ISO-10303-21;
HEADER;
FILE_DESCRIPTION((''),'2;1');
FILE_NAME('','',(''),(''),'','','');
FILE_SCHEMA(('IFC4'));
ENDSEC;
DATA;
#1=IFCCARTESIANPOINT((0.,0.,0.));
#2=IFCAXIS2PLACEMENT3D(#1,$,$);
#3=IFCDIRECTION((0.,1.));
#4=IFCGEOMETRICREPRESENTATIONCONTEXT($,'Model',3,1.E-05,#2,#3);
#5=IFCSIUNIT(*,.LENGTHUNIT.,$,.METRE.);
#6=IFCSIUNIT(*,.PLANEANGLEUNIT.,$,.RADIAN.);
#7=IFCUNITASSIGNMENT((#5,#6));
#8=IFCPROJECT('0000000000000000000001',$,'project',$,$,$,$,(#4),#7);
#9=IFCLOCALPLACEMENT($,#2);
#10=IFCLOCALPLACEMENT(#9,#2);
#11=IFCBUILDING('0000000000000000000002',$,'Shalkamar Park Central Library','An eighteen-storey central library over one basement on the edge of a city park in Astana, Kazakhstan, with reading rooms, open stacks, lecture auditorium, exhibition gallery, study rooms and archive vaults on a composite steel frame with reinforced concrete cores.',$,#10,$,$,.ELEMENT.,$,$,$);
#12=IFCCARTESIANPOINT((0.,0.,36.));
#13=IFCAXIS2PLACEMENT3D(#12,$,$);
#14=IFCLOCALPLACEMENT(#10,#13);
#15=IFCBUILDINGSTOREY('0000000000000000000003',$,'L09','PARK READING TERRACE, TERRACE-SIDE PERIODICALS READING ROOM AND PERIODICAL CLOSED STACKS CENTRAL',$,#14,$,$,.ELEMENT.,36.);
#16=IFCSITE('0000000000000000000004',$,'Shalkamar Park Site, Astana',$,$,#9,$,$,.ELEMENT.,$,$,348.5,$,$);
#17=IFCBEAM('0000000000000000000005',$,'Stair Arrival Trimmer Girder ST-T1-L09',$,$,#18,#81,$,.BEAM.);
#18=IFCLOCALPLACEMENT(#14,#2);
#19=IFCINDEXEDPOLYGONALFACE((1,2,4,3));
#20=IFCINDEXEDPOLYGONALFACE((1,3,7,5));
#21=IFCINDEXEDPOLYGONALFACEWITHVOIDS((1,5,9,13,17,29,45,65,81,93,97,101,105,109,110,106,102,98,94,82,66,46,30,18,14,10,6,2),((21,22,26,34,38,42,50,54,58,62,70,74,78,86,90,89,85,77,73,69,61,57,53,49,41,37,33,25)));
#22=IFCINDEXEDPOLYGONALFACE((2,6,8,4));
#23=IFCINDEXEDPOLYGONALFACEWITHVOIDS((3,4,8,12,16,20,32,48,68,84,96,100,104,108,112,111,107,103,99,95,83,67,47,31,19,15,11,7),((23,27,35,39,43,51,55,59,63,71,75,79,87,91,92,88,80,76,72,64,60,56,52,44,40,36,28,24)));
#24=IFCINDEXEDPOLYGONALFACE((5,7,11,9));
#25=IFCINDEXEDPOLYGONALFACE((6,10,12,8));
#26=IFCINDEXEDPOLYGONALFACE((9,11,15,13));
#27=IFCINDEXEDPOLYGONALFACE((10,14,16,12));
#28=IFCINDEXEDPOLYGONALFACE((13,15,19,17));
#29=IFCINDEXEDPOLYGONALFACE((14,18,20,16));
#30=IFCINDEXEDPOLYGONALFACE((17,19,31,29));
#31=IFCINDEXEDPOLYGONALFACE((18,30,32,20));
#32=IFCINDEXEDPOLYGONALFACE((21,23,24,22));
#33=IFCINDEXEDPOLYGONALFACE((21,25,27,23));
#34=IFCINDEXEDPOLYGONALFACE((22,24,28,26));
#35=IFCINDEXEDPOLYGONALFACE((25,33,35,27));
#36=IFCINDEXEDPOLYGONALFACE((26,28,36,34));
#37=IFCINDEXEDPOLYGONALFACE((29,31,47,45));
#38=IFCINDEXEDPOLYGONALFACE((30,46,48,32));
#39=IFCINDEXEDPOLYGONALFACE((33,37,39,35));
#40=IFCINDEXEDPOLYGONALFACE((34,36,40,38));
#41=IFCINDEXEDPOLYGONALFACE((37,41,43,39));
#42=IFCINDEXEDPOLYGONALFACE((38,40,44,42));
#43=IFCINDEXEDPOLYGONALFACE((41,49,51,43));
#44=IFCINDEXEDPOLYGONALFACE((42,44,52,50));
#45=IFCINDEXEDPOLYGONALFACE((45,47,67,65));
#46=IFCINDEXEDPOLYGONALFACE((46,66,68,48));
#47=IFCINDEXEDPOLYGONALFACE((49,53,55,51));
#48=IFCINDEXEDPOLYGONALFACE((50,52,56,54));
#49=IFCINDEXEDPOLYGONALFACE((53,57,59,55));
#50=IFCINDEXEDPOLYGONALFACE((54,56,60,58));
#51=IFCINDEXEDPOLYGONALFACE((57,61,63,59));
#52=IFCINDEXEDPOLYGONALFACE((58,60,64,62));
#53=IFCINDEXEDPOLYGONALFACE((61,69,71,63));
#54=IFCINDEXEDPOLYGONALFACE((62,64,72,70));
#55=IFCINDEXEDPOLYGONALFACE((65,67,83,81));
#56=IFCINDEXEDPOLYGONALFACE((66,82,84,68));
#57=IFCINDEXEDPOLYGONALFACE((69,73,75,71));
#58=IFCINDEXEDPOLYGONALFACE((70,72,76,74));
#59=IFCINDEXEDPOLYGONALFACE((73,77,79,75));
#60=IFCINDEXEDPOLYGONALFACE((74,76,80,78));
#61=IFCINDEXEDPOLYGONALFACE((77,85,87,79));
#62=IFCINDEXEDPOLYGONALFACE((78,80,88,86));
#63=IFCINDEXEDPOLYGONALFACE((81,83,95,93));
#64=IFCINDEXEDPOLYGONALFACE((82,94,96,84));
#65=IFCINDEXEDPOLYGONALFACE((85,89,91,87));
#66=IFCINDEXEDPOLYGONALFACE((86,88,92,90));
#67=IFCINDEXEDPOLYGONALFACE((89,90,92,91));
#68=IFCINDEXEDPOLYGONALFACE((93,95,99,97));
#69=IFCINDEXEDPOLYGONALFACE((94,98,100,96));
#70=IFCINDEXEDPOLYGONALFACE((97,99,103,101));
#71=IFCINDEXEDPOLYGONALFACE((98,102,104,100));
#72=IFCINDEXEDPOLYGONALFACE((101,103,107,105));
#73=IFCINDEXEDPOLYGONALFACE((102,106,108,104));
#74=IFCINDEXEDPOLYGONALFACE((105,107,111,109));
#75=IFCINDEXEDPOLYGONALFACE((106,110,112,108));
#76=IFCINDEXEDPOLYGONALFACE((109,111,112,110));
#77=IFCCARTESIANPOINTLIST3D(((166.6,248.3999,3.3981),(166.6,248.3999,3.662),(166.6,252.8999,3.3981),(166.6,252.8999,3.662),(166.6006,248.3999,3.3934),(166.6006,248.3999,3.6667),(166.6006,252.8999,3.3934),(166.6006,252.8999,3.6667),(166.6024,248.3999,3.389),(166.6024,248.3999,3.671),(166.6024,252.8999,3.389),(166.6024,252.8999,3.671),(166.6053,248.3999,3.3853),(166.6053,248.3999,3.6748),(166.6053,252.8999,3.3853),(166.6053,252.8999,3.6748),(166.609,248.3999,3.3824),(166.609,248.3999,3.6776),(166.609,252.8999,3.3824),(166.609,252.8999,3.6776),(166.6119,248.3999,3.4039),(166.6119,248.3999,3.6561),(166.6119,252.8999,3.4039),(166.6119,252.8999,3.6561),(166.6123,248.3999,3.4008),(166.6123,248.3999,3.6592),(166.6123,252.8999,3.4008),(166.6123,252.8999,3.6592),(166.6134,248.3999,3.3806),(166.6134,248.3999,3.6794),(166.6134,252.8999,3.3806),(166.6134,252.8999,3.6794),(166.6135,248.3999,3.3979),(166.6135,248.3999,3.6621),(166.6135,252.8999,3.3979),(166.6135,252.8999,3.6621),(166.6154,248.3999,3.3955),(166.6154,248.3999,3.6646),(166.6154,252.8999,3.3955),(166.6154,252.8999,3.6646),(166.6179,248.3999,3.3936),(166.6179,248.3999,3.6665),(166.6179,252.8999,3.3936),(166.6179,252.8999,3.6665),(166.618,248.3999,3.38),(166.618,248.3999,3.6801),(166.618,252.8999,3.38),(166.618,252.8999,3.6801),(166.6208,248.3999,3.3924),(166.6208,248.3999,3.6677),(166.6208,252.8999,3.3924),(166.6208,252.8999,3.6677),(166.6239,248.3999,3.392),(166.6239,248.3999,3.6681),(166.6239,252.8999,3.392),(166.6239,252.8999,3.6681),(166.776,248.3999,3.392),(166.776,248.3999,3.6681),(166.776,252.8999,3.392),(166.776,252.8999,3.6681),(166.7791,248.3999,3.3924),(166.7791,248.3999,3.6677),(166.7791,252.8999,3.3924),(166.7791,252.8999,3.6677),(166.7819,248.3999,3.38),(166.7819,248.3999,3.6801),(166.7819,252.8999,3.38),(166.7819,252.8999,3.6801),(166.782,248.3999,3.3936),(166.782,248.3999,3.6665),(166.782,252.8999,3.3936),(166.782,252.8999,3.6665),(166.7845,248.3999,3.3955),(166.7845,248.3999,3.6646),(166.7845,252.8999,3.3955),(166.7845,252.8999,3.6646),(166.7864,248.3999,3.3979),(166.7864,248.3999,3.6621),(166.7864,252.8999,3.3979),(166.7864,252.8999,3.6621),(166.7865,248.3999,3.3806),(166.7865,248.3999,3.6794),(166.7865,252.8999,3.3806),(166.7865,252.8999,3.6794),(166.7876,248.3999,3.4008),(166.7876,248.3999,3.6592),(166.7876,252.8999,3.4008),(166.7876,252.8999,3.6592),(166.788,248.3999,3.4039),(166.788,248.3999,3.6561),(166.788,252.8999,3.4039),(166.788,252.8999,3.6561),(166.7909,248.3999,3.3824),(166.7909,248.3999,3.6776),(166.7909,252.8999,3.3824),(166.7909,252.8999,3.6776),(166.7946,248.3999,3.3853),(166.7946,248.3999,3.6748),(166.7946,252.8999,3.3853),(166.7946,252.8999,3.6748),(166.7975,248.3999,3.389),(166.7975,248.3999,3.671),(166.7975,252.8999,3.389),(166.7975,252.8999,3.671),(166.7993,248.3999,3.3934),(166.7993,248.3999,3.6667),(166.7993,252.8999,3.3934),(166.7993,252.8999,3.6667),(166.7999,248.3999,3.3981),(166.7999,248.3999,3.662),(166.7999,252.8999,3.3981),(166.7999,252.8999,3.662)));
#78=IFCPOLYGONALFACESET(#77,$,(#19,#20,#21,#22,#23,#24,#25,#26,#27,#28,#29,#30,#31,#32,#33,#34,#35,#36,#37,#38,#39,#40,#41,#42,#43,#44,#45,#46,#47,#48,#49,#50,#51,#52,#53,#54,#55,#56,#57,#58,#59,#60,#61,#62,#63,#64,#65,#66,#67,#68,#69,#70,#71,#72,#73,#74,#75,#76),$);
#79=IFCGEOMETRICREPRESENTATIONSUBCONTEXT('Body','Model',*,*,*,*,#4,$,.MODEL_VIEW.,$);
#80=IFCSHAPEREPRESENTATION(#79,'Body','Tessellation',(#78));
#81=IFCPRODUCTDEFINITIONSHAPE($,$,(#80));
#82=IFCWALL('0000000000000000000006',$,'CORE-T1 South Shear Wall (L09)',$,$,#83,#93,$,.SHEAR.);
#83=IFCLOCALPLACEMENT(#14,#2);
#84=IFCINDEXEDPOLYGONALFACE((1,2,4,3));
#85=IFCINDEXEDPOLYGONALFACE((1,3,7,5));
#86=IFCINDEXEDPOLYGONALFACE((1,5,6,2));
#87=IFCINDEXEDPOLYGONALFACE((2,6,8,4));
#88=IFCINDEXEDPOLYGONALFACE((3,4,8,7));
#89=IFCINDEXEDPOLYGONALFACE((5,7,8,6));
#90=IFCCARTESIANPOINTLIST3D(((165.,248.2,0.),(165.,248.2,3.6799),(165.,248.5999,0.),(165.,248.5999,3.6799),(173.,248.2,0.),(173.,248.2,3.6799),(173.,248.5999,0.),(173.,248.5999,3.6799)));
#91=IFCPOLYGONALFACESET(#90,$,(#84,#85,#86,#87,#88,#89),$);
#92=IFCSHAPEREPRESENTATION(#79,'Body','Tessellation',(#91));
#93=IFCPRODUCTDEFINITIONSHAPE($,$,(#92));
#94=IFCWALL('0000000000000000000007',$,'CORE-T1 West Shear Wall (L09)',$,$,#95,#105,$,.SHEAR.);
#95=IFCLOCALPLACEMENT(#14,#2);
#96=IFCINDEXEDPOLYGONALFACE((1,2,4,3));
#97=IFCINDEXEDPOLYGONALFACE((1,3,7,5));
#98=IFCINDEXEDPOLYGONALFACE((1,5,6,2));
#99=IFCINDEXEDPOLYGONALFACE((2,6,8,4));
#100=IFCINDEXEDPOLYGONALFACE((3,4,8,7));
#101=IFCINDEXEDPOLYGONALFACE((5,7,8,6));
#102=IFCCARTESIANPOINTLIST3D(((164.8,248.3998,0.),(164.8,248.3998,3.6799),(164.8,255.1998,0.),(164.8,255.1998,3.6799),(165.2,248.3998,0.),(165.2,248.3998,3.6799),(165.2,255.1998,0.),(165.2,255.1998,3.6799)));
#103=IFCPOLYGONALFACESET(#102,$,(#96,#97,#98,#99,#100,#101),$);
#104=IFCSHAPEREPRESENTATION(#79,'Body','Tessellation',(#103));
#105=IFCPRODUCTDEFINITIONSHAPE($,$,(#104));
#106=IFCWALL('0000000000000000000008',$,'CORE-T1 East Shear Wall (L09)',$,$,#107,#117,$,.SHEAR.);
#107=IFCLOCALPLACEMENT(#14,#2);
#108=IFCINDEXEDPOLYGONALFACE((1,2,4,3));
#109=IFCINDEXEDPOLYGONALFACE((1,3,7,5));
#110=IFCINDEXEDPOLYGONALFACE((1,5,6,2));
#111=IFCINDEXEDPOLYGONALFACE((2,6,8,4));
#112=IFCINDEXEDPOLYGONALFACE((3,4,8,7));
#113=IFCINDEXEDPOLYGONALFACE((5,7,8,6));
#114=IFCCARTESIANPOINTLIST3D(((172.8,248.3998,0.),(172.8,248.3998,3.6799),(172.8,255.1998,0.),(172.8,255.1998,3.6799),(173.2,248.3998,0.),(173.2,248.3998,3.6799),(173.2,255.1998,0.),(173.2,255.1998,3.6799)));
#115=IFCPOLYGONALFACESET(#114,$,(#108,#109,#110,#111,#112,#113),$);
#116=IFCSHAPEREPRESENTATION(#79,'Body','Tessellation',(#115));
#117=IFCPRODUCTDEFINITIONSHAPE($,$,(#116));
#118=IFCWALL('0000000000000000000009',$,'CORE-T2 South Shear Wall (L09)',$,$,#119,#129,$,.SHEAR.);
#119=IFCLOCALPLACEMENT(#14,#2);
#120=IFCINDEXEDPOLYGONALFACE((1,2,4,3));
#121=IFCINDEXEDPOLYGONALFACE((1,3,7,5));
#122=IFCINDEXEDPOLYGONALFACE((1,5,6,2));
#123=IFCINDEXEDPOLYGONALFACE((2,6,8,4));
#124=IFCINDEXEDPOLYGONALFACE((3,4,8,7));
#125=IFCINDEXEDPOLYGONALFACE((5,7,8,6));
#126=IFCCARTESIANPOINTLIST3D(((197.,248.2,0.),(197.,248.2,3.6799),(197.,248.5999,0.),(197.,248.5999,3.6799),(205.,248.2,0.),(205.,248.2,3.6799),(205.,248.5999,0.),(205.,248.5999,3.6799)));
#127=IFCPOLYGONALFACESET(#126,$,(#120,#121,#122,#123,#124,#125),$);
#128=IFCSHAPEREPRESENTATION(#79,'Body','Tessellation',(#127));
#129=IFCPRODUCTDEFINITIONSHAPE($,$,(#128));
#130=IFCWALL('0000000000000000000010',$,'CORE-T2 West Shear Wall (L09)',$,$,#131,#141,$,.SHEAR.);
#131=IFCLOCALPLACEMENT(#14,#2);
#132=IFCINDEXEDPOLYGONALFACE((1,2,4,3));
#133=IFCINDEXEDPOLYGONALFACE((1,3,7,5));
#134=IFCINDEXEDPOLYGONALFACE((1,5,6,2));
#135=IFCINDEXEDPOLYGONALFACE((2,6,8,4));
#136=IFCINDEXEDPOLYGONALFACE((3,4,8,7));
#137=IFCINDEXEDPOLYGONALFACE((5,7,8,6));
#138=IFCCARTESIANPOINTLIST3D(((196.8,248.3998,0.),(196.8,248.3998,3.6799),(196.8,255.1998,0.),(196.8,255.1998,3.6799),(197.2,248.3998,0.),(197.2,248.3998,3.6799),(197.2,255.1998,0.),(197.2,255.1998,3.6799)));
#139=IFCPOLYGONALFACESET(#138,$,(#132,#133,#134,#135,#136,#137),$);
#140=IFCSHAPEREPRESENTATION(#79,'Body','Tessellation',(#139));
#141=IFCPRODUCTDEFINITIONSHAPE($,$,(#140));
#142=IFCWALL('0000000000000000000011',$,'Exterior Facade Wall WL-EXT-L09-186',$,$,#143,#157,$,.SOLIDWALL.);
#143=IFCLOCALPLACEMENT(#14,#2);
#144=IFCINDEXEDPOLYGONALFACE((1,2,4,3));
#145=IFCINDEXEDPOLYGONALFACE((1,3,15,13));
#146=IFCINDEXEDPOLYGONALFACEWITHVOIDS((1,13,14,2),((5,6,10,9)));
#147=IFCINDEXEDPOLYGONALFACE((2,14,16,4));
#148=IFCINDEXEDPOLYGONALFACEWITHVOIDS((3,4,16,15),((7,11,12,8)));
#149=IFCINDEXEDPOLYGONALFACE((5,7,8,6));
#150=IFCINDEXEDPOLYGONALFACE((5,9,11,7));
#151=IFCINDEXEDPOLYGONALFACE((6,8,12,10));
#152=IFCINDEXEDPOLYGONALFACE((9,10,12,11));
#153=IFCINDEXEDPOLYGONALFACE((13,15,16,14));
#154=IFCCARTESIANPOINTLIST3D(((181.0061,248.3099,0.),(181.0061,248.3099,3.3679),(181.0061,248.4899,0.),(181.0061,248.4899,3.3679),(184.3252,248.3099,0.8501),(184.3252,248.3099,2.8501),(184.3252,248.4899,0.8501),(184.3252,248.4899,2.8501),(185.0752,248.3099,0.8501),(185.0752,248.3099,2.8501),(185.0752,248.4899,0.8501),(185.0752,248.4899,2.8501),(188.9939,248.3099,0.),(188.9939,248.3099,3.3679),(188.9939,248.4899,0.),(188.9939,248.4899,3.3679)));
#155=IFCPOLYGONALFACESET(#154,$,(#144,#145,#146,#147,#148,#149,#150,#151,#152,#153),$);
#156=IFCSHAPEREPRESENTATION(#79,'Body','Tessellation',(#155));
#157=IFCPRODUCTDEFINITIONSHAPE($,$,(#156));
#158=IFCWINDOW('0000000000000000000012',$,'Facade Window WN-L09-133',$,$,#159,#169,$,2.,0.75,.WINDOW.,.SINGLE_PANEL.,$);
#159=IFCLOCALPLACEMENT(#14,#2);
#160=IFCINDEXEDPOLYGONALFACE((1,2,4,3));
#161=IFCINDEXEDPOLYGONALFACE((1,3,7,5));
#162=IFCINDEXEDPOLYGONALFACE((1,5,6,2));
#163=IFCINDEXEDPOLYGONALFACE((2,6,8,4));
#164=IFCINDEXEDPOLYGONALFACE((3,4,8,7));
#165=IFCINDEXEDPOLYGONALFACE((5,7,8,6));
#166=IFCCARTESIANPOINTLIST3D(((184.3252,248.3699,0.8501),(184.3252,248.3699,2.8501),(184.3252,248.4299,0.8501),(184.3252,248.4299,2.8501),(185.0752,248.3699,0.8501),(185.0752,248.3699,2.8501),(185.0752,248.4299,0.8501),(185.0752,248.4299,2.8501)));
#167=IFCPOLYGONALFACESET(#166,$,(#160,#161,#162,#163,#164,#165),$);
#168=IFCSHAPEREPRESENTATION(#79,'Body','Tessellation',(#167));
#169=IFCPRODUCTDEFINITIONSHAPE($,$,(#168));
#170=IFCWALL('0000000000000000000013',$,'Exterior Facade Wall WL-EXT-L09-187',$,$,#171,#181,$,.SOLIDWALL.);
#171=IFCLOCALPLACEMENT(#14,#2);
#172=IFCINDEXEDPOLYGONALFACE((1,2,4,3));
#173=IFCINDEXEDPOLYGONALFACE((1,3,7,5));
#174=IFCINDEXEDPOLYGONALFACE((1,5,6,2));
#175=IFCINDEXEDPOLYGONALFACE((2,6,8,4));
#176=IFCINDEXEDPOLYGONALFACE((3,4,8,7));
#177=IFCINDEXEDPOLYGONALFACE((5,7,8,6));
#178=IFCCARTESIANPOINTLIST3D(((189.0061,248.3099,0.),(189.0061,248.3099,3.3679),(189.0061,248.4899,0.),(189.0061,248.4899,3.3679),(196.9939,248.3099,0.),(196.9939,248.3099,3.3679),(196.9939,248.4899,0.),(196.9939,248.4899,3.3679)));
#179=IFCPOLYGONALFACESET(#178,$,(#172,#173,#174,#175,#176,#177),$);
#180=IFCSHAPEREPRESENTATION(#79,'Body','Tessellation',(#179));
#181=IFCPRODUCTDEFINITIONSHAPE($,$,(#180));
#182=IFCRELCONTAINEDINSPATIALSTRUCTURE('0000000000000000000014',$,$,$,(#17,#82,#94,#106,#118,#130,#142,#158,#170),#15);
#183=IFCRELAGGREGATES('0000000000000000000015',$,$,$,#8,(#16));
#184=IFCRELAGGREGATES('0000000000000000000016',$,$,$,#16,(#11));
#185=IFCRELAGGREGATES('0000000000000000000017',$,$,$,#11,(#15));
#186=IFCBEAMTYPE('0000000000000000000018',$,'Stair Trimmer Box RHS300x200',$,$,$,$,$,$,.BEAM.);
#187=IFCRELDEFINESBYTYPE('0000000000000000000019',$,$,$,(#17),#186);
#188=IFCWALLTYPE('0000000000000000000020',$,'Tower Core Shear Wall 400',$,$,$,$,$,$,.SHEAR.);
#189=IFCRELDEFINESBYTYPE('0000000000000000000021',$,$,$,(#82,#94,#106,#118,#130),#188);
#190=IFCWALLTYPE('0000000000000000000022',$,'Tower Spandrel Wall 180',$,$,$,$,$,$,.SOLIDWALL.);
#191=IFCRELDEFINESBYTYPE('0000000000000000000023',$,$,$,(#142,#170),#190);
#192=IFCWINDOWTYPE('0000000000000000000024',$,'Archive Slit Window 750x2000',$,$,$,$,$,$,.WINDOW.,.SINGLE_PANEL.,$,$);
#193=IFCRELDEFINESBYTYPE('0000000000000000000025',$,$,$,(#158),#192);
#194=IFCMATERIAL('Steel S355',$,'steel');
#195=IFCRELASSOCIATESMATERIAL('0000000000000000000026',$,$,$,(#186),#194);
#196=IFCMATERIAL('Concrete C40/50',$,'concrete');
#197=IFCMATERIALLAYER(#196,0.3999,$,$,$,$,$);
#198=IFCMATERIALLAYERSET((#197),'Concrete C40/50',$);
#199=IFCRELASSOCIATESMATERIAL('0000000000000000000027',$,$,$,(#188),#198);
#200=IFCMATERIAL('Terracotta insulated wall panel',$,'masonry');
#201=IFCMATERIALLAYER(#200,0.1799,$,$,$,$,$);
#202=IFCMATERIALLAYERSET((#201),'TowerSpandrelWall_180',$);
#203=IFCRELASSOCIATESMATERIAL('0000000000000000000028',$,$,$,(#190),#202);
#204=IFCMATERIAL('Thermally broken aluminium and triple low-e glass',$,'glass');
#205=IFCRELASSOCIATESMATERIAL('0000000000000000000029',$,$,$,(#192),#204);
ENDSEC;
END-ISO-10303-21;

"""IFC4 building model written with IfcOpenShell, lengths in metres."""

from ifc_helpers import new_model, si_unit, direction, frame, frame_2d, origin, origin_2d, place, context, subcontext, project, spatial, rectangle, hollow_rectangle, extrude, material, layer, layer_set, material_profile, profile_set, type_object, element, fill, save


model = new_model("IFC4")

# Units and contexts
model_context = context("Model", 3, precision=1e-05, world=origin(), true_north=direction((0.0, 1.0)))
body_context = subcontext(model_context, "Body", "Model", "MODEL_VIEW")
ifc_project = project(units=[si_unit("LENGTHUNIT", "METRE"), si_unit("PLANEANGLEUNIT", "RADIAN")], contexts=[model_context])

# Site, building, storey
site_placement = place(None, origin())
site = spatial("IfcSite", under=ifc_project, at=site_placement, Name="Shalkamar Park Site, Astana", CompositionType="ELEMENT", RefElevation=348.5)
building_placement = place(site_placement, origin())
building = spatial("IfcBuilding", under=site, at=building_placement, Name="Shalkamar Park Central Library", Description="An eighteen-storey central library over one basement on the edge of a city park in Astana, Kazakhstan, with reading rooms, open stacks, lecture auditorium, exhibition gallery, study rooms and archive vaults on a composite steel frame with reinforced concrete cores.", CompositionType="ELEMENT")
storey_placement = place(building_placement, frame((0.0, 0.0, 36.0)))
storey = spatial("IfcBuildingStorey", under=building, at=storey_placement, Name="L09", Description="PARK READING TERRACE, TERRACE-SIDE PERIODICALS READING ROOM AND PERIODICAL CLOSED STACKS CENTRAL", CompositionType="ELEMENT", Elevation=36.0)

# Shared definitions
ifc_material_1 = material(Name="Steel S355", Category="steel")

# Beam
ifc_material_profile_1 = material_profile(ifc_material_1, hollow_rectangle(XDim=0.2, YDim=0.3, WallThickness=0.012, InnerFilletRadius=0.012, OuterFilletRadius=0.0181, at=origin_2d()), Name="RHS 300x200x12")
ifc_profile_set_1 = profile_set([ifc_material_profile_1], Name="Steel S355")
beam_type_1 = type_object("IfcBeamType", Name="Stair Trimmer Box RHS300x200", PredefinedType="BEAM", material=ifc_profile_set_1)
beam_placement = place(storey_placement, frame((166.7, 248.3999, 3.53), z_axis=(0.0, 1.0, 0.0), x_axis=(-1.0, 0.0, 0.0)))
element("IfcBeam", 1, at=beam_placement, inside=storey, type_object=beam_type_1, Name="Stair Arrival Trimmer Girder ST-T1-L09", PredefinedType="BEAM", context=body_context, shape_type="SweptSolid", body=[
    extrude(hollow_rectangle(XDim=0.2, YDim=0.3, WallThickness=0.012, InnerFilletRadius=0.012, OuterFilletRadius=0.0181, at=origin_2d()), origin(), (0.0, 0.0, 1.0), 4.5),
])

# Walls
ifc_material_2 = material(Name="Concrete C40/50", Category="concrete")
ifc_layer_1 = layer(ifc_material_2, 0.3999)
ifc_layer_set_1 = layer_set([ifc_layer_1], Name="Concrete C40/50")
wall_type_1 = type_object("IfcWallType", Name="Tower Core Shear Wall 400", PredefinedType="SHEAR", material=ifc_layer_set_1)
wall_1_placement = place(storey_placement, frame((165.0, 248.3999, 0.0), z_axis=(0.0, 0.0, 1.0), x_axis=(1.0, 0.0, 0.0)))
element("IfcWall", 2, at=wall_1_placement, inside=storey, type_object=wall_type_1, Name="CORE-T1 South Shear Wall (L09)", PredefinedType="SHEAR", context=body_context, shape_type="SweptSolid", body=[
    extrude(rectangle(XDim=8.0, YDim=0.3999, at=frame_2d((4.0, 0.0))), origin(), (0.0, 0.0, 1.0), 3.6799),
])
for number, where, z_axis, x_axis, name in (
    (3, (165.0, 248.3999, 0.0), (0.0, 0.0, 1.0), (0.0, 1.0, 0.0), "CORE-T1 West Shear Wall (L09)"),
    (4, (173.0, 248.3999, 0.0), (0.0, 0.0, 1.0), (0.0, 1.0, 0.0), "CORE-T1 East Shear Wall (L09)"),
):
    element("IfcWall", number, at=place(storey_placement, frame(where, z_axis=z_axis, x_axis=x_axis)), inside=storey, type_object=wall_type_1, Name=name, PredefinedType="SHEAR", context=body_context, shape_type="SweptSolid", body=[
        extrude(rectangle(XDim=6.8, YDim=0.3999, at=frame_2d((3.3999, 0.0))), origin(), (0.0, 0.0, 1.0), 3.6799),
    ])
wall_2_placement = place(storey_placement, frame((197.0, 248.3999, 0.0), z_axis=(0.0, 0.0, 1.0), x_axis=(1.0, 0.0, 0.0)))
element("IfcWall", 5, at=wall_2_placement, inside=storey, type_object=wall_type_1, Name="CORE-T2 South Shear Wall (L09)", PredefinedType="SHEAR", context=body_context, shape_type="SweptSolid", body=[
    extrude(rectangle(XDim=8.0, YDim=0.3999, at=frame_2d((4.0, 0.0))), origin(), (0.0, 0.0, 1.0), 3.6799),
])
wall_3_placement = place(storey_placement, frame((197.0, 248.3999, 0.0), z_axis=(0.0, 0.0, 1.0), x_axis=(0.0, 1.0, 0.0)))
element("IfcWall", 6, at=wall_3_placement, inside=storey, type_object=wall_type_1, Name="CORE-T2 West Shear Wall (L09)", PredefinedType="SHEAR", context=body_context, shape_type="SweptSolid", body=[
    extrude(rectangle(XDim=6.8, YDim=0.3999, at=frame_2d((3.3999, 0.0))), origin(), (0.0, 0.0, 1.0), 3.6799),
])

# Wall, opening, window
ifc_material_3 = material(Name="Terracotta insulated wall panel", Category="masonry")
ifc_layer_2 = layer(ifc_material_3, 0.1799)
ifc_layer_set_2 = layer_set([ifc_layer_2], Name="TowerSpandrelWall_180")
wall_type_2 = type_object("IfcWallType", Name="Tower Spandrel Wall 180", PredefinedType="SOLIDWALL", material=ifc_layer_set_2)
wall_4_placement = place(storey_placement, frame((181.0061, 248.3999, 0.0), z_axis=(0.0, 0.0, 1.0), x_axis=(1.0, 0.0, 0.0)))
wall_4 = element("IfcWall", 7, at=wall_4_placement, inside=storey, type_object=wall_type_2, Name="Exterior Facade Wall WL-EXT-L09-186", PredefinedType="SOLIDWALL", context=body_context, shape_type="SweptSolid", body=[
    extrude(rectangle(XDim=7.9878, YDim=0.1799, at=frame_2d((3.9939, 0.0))), origin(), (0.0, 0.0, 1.0), 3.3679),
])
opening_1_placement = place(wall_4_placement, frame((3.3191, 0.0, 0.8501)))
opening_1 = element("IfcOpeningElement", 8, at=opening_1_placement, cuts=wall_4, PredefinedType="OPENING", context=body_context, shape_type="SweptSolid", body=[
    extrude(rectangle(XDim=0.75, YDim=2.0, at=frame_2d((0.375, 1.0))), frame((0.0, 0.105, 0.0), z_axis=(0.0, -1.0, 0.0), x_axis=(1.0, 0.0, 0.0)), (0.0, 0.0, 1.0), 0.2097),
])
ifc_material_4 = material(Name="Thermally broken aluminium and triple low-e glass", Category="glass")
window_type_1 = type_object("IfcWindowType", Name="Archive Slit Window 750x2000", PartitioningType="SINGLE_PANEL", PredefinedType="WINDOW", material=ifc_material_4)
window_1_placement = place(opening_1_placement, origin())
window_1 = element("IfcWindow", 9, at=window_1_placement, inside=storey, type_object=window_type_1, Name="Facade Window WN-L09-133", OverallHeight=2.0, OverallWidth=0.75, PartitioningType="SINGLE_PANEL", PredefinedType="WINDOW", context=body_context, shape_type="SweptSolid", body=[
    extrude(rectangle(XDim=0.75, YDim=2.0, at=frame_2d((0.375, 1.0))), frame((0.0, 0.03, 0.0), z_axis=(0.0, -1.0, 0.0), x_axis=(1.0, 0.0, 0.0)), (0.0, 0.0, 1.0), 0.0601),
])
fill(opening_1, window_1)

# Wall
wall_5_placement = place(storey_placement, frame((189.0061, 248.3999, 0.0), z_axis=(0.0, 0.0, 1.0), x_axis=(1.0, 0.0, 0.0)))
element("IfcWall", 10, at=wall_5_placement, inside=storey, type_object=wall_type_2, Name="Exterior Facade Wall WL-EXT-L09-187", PredefinedType="SOLIDWALL", context=body_context, shape_type="SweptSolid", body=[
    extrude(rectangle(XDim=7.9878, YDim=0.1799, at=frame_2d((3.9939, 0.0))), origin(), (0.0, 0.0, 1.0), 3.3679),
])

save(model, "model.ifc")
